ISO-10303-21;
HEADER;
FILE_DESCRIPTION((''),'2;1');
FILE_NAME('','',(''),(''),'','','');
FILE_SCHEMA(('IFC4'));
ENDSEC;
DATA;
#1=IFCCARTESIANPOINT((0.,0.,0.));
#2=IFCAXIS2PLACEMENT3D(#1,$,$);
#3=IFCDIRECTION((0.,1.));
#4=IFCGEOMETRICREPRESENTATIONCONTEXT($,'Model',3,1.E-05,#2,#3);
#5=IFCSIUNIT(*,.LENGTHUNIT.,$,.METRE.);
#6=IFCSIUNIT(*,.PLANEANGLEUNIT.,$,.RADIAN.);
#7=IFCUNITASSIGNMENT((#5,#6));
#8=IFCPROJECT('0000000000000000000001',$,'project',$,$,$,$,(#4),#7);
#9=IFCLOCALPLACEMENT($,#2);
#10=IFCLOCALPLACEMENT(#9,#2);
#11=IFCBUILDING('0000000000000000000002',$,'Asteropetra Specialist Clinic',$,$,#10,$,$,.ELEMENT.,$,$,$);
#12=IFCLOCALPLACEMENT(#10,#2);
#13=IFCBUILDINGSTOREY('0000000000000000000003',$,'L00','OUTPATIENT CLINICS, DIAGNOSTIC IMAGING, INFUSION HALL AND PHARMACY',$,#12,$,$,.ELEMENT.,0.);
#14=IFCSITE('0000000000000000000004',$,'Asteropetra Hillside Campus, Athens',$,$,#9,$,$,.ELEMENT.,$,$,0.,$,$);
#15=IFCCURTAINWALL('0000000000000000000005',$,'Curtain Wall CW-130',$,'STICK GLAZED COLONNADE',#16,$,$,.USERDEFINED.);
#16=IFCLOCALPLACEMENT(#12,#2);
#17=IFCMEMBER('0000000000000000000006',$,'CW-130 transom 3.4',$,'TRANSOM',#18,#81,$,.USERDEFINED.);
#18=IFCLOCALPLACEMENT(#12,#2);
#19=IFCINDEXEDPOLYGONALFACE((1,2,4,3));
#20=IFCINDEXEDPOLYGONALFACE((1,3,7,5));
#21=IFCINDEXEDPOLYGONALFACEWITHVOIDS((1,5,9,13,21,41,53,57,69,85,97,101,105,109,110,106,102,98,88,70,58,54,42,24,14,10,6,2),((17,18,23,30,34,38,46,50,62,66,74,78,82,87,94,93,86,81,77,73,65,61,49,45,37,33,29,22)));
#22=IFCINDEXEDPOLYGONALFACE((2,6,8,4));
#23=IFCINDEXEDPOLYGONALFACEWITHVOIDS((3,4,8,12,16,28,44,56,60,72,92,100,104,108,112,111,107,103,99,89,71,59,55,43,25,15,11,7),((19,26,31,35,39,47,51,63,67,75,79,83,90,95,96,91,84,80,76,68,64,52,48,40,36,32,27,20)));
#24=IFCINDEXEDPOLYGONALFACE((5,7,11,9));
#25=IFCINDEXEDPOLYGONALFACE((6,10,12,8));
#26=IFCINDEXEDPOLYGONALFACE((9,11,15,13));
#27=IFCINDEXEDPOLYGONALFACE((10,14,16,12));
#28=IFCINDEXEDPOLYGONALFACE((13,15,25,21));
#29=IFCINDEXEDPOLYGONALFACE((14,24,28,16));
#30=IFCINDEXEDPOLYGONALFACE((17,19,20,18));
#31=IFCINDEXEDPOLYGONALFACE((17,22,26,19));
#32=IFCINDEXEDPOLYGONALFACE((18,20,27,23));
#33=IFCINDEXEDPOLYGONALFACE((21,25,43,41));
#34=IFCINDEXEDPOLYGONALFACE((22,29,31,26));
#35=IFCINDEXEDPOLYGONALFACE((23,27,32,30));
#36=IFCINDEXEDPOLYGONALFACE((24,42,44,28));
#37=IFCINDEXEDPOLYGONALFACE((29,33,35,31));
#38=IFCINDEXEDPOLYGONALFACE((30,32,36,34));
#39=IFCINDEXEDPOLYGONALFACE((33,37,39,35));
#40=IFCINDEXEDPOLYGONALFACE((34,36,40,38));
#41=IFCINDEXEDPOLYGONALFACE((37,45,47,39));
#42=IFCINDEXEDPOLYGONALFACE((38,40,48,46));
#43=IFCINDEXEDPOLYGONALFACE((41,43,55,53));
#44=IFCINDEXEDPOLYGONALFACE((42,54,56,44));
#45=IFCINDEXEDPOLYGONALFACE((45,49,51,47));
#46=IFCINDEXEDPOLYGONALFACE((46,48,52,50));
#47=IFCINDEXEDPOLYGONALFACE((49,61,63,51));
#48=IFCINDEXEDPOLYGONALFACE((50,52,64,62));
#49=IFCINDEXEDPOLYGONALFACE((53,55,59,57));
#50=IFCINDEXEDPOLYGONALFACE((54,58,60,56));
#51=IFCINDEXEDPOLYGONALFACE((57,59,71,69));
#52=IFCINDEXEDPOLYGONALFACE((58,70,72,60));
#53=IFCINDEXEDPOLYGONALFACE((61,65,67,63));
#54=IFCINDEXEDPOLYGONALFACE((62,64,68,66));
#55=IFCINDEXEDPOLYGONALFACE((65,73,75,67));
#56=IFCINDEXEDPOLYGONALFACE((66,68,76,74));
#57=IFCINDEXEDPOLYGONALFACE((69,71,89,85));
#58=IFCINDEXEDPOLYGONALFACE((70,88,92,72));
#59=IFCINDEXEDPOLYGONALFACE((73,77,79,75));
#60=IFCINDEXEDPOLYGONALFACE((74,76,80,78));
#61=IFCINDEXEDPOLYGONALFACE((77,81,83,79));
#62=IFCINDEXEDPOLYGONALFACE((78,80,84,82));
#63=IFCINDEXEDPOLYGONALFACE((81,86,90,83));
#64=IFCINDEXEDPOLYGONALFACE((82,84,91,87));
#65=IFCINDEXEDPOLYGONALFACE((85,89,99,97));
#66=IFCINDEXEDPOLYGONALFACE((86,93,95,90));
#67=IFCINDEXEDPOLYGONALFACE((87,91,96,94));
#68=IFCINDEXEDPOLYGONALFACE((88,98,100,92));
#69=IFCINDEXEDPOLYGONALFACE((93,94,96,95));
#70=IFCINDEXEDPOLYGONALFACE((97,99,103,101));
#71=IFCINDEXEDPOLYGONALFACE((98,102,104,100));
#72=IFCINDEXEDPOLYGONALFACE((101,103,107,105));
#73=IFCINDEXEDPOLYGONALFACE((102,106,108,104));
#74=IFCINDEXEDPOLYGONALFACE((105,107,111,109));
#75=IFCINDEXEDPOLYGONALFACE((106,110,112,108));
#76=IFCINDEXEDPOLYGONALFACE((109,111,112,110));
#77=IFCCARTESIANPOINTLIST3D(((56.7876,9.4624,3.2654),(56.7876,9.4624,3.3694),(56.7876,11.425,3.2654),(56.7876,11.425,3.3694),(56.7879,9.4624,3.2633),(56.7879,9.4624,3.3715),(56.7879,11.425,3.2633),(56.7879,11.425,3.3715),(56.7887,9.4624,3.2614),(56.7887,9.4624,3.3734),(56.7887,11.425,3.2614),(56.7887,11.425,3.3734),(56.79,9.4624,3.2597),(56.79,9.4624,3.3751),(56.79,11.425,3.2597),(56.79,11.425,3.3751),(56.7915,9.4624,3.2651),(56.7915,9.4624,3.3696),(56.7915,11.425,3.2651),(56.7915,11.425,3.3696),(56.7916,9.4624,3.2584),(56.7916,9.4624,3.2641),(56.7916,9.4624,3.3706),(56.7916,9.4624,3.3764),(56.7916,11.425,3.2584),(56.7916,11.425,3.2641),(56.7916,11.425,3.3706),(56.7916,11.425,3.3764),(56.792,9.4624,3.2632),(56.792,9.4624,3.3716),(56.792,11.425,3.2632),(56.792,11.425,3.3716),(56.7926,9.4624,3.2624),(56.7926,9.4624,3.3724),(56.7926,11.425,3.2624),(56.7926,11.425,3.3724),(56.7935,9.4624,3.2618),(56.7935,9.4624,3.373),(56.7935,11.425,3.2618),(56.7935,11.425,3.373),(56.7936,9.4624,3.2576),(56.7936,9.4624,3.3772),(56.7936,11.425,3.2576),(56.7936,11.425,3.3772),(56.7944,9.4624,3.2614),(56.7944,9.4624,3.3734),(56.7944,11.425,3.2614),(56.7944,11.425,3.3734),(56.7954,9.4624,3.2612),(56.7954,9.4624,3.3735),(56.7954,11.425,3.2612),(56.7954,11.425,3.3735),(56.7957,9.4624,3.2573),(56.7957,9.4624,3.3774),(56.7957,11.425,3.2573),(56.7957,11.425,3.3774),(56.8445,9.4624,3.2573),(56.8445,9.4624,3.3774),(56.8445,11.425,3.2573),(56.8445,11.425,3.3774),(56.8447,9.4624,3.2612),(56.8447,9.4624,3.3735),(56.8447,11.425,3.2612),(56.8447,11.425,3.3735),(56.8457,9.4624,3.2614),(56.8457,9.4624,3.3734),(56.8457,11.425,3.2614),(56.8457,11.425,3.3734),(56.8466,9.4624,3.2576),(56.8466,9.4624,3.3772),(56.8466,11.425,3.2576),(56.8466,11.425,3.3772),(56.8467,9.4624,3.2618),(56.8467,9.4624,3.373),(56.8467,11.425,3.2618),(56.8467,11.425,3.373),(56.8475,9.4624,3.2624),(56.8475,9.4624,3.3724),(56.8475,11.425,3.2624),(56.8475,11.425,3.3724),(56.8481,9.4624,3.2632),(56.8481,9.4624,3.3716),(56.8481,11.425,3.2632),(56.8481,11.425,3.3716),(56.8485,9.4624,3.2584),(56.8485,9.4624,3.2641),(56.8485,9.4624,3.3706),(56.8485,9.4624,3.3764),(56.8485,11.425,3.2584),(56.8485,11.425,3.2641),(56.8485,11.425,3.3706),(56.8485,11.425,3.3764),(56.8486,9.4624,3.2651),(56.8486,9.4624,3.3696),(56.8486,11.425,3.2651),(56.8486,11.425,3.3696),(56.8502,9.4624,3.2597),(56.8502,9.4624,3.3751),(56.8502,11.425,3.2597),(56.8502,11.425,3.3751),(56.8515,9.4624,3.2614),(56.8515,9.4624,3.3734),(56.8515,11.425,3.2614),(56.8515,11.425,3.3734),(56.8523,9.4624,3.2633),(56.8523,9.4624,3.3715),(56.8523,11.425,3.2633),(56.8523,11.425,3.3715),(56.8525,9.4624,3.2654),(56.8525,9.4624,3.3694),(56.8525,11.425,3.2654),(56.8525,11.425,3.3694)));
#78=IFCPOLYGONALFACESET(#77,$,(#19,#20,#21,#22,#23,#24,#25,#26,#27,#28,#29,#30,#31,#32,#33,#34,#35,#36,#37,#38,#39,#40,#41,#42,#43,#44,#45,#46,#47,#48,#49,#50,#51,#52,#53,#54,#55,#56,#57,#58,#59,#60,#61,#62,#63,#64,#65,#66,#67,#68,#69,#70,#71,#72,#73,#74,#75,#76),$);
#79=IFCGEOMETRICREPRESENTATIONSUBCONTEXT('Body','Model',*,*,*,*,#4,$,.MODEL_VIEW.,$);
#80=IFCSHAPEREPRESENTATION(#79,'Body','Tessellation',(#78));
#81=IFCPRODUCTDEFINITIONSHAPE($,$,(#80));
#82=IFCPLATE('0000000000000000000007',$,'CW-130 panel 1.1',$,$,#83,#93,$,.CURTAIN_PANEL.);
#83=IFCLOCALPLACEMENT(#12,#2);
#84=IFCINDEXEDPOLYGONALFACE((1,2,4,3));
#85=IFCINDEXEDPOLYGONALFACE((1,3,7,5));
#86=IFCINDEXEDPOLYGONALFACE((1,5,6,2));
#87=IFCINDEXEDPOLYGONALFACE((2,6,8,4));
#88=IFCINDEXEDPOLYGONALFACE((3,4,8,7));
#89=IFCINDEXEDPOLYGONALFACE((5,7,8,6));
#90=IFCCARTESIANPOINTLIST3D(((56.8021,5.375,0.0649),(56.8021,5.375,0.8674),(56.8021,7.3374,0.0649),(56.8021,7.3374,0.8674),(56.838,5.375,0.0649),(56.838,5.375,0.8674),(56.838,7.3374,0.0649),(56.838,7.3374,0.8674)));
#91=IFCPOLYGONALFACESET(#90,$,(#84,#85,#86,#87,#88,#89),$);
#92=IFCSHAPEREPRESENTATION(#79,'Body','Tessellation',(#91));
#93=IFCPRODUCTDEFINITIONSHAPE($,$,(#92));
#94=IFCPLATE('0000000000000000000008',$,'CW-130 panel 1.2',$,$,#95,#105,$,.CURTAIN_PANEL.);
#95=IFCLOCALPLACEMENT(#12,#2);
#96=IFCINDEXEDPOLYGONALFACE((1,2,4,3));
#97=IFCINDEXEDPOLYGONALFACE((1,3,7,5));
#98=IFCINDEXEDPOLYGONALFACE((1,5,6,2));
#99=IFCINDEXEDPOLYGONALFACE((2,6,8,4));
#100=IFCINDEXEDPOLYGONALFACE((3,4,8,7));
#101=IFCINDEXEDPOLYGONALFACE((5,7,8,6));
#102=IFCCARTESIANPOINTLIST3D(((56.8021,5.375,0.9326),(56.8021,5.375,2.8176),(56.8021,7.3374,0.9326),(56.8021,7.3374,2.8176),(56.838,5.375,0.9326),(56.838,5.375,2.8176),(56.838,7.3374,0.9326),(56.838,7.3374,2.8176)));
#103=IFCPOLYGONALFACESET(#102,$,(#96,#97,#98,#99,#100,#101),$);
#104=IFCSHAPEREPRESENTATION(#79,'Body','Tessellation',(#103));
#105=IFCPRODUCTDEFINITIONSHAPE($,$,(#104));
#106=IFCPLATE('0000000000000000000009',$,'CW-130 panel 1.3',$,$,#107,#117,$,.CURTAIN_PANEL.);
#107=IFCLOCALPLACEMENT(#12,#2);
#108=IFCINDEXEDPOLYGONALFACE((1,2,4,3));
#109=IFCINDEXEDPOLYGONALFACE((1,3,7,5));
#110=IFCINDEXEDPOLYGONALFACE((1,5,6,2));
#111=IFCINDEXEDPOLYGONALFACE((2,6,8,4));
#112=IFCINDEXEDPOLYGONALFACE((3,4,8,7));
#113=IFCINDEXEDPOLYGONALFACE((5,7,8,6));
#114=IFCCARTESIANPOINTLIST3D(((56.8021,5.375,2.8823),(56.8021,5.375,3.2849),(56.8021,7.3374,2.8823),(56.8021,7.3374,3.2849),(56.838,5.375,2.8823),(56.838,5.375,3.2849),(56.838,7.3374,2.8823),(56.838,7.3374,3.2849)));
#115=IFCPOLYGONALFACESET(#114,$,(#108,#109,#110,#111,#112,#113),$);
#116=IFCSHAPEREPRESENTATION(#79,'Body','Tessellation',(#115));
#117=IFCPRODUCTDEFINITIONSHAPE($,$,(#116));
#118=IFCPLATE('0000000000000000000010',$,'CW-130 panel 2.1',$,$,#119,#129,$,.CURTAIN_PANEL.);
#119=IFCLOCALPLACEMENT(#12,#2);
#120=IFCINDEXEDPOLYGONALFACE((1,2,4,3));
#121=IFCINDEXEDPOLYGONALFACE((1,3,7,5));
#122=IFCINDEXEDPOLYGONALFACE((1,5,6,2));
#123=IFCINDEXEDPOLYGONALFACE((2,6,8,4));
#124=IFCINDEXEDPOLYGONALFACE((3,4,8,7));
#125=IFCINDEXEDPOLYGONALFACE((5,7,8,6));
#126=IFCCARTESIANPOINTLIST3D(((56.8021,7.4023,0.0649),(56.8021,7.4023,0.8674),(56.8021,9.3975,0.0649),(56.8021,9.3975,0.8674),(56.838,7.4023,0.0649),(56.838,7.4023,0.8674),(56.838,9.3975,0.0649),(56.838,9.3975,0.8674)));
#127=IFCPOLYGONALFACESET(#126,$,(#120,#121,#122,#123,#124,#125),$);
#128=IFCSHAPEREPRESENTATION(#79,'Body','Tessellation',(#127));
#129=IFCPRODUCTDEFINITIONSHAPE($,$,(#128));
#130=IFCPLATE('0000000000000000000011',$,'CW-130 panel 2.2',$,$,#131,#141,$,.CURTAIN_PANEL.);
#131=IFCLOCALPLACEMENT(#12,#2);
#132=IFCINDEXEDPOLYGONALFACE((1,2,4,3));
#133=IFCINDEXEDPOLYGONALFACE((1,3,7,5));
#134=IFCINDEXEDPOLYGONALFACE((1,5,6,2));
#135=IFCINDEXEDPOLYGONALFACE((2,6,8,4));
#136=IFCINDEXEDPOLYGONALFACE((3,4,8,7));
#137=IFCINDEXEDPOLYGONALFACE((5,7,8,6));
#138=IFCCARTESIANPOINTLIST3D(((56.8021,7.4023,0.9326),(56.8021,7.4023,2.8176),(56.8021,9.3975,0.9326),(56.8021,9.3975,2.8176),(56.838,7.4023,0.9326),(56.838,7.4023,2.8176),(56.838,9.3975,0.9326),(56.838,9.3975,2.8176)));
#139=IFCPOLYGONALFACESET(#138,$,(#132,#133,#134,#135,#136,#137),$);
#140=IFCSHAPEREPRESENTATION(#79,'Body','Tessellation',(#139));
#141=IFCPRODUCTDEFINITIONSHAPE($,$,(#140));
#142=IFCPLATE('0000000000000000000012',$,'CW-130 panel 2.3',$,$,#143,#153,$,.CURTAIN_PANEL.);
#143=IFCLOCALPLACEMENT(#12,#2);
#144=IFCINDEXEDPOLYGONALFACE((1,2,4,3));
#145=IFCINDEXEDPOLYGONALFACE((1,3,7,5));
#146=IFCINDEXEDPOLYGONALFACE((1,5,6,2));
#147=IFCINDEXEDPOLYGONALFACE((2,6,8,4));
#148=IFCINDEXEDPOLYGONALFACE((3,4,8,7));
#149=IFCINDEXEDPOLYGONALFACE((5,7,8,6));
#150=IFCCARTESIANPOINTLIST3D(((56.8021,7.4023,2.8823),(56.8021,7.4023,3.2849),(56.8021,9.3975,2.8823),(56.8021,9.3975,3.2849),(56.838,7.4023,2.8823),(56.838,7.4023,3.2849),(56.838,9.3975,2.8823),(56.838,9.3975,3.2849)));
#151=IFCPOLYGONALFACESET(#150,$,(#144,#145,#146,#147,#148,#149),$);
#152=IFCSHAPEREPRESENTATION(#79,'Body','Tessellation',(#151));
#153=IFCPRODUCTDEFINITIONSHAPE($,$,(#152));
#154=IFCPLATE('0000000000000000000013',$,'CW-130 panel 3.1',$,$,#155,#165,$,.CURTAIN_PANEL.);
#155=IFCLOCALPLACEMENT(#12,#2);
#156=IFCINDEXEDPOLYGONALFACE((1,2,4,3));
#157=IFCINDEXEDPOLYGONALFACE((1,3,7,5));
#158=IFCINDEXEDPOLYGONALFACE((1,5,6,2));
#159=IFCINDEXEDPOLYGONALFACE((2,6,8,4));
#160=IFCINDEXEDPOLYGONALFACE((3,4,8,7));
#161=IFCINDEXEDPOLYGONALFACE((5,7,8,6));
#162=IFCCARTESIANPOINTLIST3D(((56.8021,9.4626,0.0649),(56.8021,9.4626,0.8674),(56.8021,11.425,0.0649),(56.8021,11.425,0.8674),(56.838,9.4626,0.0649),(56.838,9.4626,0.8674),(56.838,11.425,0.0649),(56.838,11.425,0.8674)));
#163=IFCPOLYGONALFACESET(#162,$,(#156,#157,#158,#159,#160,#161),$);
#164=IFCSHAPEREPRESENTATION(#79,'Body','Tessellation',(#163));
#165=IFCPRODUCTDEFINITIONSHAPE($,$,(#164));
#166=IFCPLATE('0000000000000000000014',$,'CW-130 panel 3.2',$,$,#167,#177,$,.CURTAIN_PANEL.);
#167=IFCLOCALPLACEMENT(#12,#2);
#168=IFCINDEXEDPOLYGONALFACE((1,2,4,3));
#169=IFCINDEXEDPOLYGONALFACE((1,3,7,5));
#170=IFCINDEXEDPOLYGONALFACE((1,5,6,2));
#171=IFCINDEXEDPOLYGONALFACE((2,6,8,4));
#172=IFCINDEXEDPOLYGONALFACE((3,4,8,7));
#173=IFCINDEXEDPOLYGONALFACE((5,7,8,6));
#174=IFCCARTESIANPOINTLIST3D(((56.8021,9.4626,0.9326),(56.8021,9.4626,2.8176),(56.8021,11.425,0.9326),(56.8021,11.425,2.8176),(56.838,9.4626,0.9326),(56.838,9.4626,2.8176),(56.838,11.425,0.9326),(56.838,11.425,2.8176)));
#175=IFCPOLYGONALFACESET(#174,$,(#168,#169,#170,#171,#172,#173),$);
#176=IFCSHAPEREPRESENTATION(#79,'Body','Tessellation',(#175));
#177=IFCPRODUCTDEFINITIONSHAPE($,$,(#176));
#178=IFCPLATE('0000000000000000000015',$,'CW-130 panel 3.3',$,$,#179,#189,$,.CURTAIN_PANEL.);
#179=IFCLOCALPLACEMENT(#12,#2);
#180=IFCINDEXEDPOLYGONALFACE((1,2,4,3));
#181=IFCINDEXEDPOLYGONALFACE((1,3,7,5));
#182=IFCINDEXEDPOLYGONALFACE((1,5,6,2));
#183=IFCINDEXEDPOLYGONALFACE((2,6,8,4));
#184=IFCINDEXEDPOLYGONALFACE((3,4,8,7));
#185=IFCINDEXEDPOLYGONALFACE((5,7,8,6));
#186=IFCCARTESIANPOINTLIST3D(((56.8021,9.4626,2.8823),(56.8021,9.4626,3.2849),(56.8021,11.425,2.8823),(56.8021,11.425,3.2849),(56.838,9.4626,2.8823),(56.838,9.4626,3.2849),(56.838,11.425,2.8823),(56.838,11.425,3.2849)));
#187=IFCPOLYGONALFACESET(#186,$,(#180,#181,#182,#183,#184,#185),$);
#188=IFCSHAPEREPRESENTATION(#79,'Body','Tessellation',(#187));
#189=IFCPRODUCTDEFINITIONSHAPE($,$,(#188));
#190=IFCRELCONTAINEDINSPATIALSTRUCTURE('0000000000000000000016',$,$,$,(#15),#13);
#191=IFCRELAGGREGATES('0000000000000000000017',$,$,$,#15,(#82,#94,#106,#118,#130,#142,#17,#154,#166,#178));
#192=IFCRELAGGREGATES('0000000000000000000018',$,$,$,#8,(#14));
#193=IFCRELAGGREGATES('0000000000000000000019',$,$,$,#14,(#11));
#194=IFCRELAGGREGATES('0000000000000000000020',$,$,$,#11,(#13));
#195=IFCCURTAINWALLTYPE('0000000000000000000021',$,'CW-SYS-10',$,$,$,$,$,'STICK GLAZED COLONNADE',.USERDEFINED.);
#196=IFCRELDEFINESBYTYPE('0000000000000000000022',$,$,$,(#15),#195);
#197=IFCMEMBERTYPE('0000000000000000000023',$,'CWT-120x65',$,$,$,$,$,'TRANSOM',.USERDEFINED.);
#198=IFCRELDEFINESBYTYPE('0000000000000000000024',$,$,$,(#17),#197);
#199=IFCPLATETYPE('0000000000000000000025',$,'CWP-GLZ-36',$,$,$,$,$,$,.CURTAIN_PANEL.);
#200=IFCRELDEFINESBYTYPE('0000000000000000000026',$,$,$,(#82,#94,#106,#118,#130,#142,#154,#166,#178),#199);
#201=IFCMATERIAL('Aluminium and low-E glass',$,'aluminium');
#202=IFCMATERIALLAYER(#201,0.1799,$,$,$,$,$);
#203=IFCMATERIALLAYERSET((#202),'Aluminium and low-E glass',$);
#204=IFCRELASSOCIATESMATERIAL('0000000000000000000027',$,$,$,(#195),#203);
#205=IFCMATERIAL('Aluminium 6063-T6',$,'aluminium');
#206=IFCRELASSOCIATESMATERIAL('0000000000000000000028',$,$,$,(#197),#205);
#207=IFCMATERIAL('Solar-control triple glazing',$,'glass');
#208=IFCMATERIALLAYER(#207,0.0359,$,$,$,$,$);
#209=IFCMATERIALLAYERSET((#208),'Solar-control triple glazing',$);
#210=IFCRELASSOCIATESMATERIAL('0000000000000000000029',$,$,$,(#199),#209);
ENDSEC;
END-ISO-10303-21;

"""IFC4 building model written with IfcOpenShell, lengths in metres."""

from ifc_helpers import new_model, si_unit, direction, frame, origin, origin_2d, place, context, subcontext, project, spatial, rectangle, hollow_rectangle, extrude, material, layer, layer_set, material_profile, profile_set, type_object, element, aggregate, save


model = new_model("IFC4")

# Units and contexts
model_context = context("Model", 3, precision=1e-05, world=origin(), true_north=direction((0.0, 1.0)))
body_context = subcontext(model_context, "Body", "Model", "MODEL_VIEW")
ifc_project = project(units=[si_unit("LENGTHUNIT", "METRE"), si_unit("PLANEANGLEUNIT", "RADIAN")], contexts=[model_context])

# Site, building, storey
site_placement = place(None, origin())
site = spatial("IfcSite", under=ifc_project, at=site_placement, Name="Asteropetra Hillside Campus, Athens", CompositionType="ELEMENT", RefElevation=0.0)
building_placement = place(site_placement, origin())
building = spatial("IfcBuilding", under=site, at=building_placement, Name="Asteropetra Specialist Clinic", CompositionType="ELEMENT")
storey_placement = place(building_placement, origin())
storey = spatial("IfcBuildingStorey", under=building, at=storey_placement, Name="L00", Description="OUTPATIENT CLINICS, DIAGNOSTIC IMAGING, INFUSION HALL AND PHARMACY", CompositionType="ELEMENT", Elevation=0.0)

# Curtain wall, member, plates
ifc_material_1 = material(Name="Aluminium and low-E glass", Category="aluminium")
ifc_layer_1 = layer(ifc_material_1, 0.1799)
ifc_layer_set_1 = layer_set([ifc_layer_1], Name="Aluminium and low-E glass")
curtain_wall_type = type_object("IfcCurtainWallType", Name="CW-SYS-10", ElementType="STICK GLAZED COLONNADE", PredefinedType="USERDEFINED", material=ifc_layer_set_1)
curtain_wall_placement = place(storey_placement, origin())
curtain_wall = element("IfcCurtainWall", 1, at=curtain_wall_placement, inside=storey, type_object=curtain_wall_type, Name="Curtain Wall CW-130", ObjectType="STICK GLAZED COLONNADE", PredefinedType="USERDEFINED")
ifc_material_2 = material(Name="Aluminium 6063-T6", Category="aluminium")
ifc_material_profile_1 = material_profile(ifc_material_2, hollow_rectangle(XDim=0.0649, YDim=0.1201, WallThickness=0.0039, InnerFilletRadius=0.0039, OuterFilletRadius=0.0081, at=origin_2d()), Name="TRN 120x65x4.0")
ifc_profile_set_1 = profile_set([ifc_material_profile_1], Name="Aluminium 6063-T6")
member_type_1 = type_object("IfcMemberType", Name="CWT-120x65", ElementType="TRANSOM", PredefinedType="USERDEFINED", material=ifc_profile_set_1)
member_1_placement = place(storey_placement, frame((56.8201, 9.4624, 3.3174), z_axis=(0.0, 1.0, 0.0), x_axis=(-1.0, 0.0, 0.0)))
member_1 = element("IfcMember", 2, at=member_1_placement, type_object=member_type_1, Name="CW-130 transom 3.4", ObjectType="TRANSOM", PredefinedType="USERDEFINED", context=body_context, shape_type="SweptSolid", body=[
    extrude(hollow_rectangle(XDim=0.0649, YDim=0.1201, WallThickness=0.0039, InnerFilletRadius=0.0039, OuterFilletRadius=0.0081, at=origin_2d()), origin(), (0.0, 0.0, 1.0), 1.9626),
])
ifc_material_3 = material(Name="Solar-control triple glazing", Category="glass")
ifc_layer_2 = layer(ifc_material_3, 0.0359)
ifc_layer_set_2 = layer_set([ifc_layer_2], Name="Solar-control triple glazing")
plate_type = type_object("IfcPlateType", Name="CWP-GLZ-36", PredefinedType="CURTAIN_PANEL", material=ifc_layer_set_2)
plate_1_placement = place(storey_placement, frame((56.8201, 6.3562, 0.0649), z_axis=(0.0, 0.0, 1.0), x_axis=(0.0, 1.0, 0.0)))
plate_1 = element("IfcPlate", 3, at=plate_1_placement, type_object=plate_type, Name="CW-130 panel 1.1", PredefinedType="CURTAIN_PANEL", context=body_context, shape_type="SweptSolid", body=[
    extrude(rectangle(XDim=1.9624, YDim=0.0359, at=origin_2d()), origin(), (0.0, 0.0, 1.0), 0.8025),
])
plate_2_placement = place(storey_placement, frame((56.8201, 6.3562, 0.9326), z_axis=(0.0, 0.0, 1.0), x_axis=(0.0, 1.0, 0.0)))
plate_2 = element("IfcPlate", 4, at=plate_2_placement, type_object=plate_type, Name="CW-130 panel 1.2", PredefinedType="CURTAIN_PANEL", context=body_context, shape_type="SweptSolid", body=[
    extrude(rectangle(XDim=1.9624, YDim=0.0359, at=origin_2d()), origin(), (0.0, 0.0, 1.0), 1.885),
])
plate_3_placement = place(storey_placement, frame((56.8201, 6.3562, 2.8823), z_axis=(0.0, 0.0, 1.0), x_axis=(0.0, 1.0, 0.0)))
plate_3 = element("IfcPlate", 5, at=plate_3_placement, type_object=plate_type, Name="CW-130 panel 1.3", PredefinedType="CURTAIN_PANEL", context=body_context, shape_type="SweptSolid", body=[
    extrude(rectangle(XDim=1.9624, YDim=0.0359, at=origin_2d()), origin(), (0.0, 0.0, 1.0), 0.4026),
])
plate_4_placement = place(storey_placement, frame((56.8201, 8.3999, 0.0649), z_axis=(0.0, 0.0, 1.0), x_axis=(0.0, 1.0, 0.0)))
plate_4 = element("IfcPlate", 6, at=plate_4_placement, type_object=plate_type, Name="CW-130 panel 2.1", PredefinedType="CURTAIN_PANEL", context=body_context, shape_type="SweptSolid", body=[
    extrude(rectangle(XDim=1.9951, YDim=0.0359, at=origin_2d()), origin(), (0.0, 0.0, 1.0), 0.8025),
])
plate_5_placement = place(storey_placement, frame((56.8201, 8.3999, 0.9326), z_axis=(0.0, 0.0, 1.0), x_axis=(0.0, 1.0, 0.0)))
plate_5 = element("IfcPlate", 7, at=plate_5_placement, type_object=plate_type, Name="CW-130 panel 2.2", PredefinedType="CURTAIN_PANEL", context=body_context, shape_type="SweptSolid", body=[
    extrude(rectangle(XDim=1.9951, YDim=0.0359, at=origin_2d()), origin(), (0.0, 0.0, 1.0), 1.885),
])
plate_6_placement = place(storey_placement, frame((56.8201, 8.3999, 2.8823), z_axis=(0.0, 0.0, 1.0), x_axis=(0.0, 1.0, 0.0)))
plate_6 = element("IfcPlate", 8, at=plate_6_placement, type_object=plate_type, Name="CW-130 panel 2.3", PredefinedType="CURTAIN_PANEL", context=body_context, shape_type="SweptSolid", body=[
    extrude(rectangle(XDim=1.9951, YDim=0.0359, at=origin_2d()), origin(), (0.0, 0.0, 1.0), 0.4026),
])
plate_7_placement = place(storey_placement, frame((56.8201, 10.4438, 0.0649), z_axis=(0.0, 0.0, 1.0), x_axis=(0.0, 1.0, 0.0)))
plate_7 = element("IfcPlate", 9, at=plate_7_placement, type_object=plate_type, Name="CW-130 panel 3.1", PredefinedType="CURTAIN_PANEL", context=body_context, shape_type="SweptSolid", body=[
    extrude(rectangle(XDim=1.9624, YDim=0.0359, at=origin_2d()), origin(), (0.0, 0.0, 1.0), 0.8025),
])
plate_8_placement = place(storey_placement, frame((56.8201, 10.4438, 0.9326), z_axis=(0.0, 0.0, 1.0), x_axis=(0.0, 1.0, 0.0)))
plate_8 = element("IfcPlate", 10, at=plate_8_placement, type_object=plate_type, Name="CW-130 panel 3.2", PredefinedType="CURTAIN_PANEL", context=body_context, shape_type="SweptSolid", body=[
    extrude(rectangle(XDim=1.9624, YDim=0.0359, at=origin_2d()), origin(), (0.0, 0.0, 1.0), 1.885),
])
plate_9_placement = place(storey_placement, frame((56.8201, 10.4438, 2.8823), z_axis=(0.0, 0.0, 1.0), x_axis=(0.0, 1.0, 0.0)))
plate_9 = element("IfcPlate", 11, at=plate_9_placement, type_object=plate_type, Name="CW-130 panel 3.3", PredefinedType="CURTAIN_PANEL", context=body_context, shape_type="SweptSolid", body=[
    extrude(rectangle(XDim=1.9624, YDim=0.0359, at=origin_2d()), origin(), (0.0, 0.0, 1.0), 0.4026),
])
aggregate(curtain_wall, [plate_1, plate_2, plate_3, plate_4, plate_5, plate_6, member_1, plate_7, plate_8, plate_9])

save(model, "model.ifc")
